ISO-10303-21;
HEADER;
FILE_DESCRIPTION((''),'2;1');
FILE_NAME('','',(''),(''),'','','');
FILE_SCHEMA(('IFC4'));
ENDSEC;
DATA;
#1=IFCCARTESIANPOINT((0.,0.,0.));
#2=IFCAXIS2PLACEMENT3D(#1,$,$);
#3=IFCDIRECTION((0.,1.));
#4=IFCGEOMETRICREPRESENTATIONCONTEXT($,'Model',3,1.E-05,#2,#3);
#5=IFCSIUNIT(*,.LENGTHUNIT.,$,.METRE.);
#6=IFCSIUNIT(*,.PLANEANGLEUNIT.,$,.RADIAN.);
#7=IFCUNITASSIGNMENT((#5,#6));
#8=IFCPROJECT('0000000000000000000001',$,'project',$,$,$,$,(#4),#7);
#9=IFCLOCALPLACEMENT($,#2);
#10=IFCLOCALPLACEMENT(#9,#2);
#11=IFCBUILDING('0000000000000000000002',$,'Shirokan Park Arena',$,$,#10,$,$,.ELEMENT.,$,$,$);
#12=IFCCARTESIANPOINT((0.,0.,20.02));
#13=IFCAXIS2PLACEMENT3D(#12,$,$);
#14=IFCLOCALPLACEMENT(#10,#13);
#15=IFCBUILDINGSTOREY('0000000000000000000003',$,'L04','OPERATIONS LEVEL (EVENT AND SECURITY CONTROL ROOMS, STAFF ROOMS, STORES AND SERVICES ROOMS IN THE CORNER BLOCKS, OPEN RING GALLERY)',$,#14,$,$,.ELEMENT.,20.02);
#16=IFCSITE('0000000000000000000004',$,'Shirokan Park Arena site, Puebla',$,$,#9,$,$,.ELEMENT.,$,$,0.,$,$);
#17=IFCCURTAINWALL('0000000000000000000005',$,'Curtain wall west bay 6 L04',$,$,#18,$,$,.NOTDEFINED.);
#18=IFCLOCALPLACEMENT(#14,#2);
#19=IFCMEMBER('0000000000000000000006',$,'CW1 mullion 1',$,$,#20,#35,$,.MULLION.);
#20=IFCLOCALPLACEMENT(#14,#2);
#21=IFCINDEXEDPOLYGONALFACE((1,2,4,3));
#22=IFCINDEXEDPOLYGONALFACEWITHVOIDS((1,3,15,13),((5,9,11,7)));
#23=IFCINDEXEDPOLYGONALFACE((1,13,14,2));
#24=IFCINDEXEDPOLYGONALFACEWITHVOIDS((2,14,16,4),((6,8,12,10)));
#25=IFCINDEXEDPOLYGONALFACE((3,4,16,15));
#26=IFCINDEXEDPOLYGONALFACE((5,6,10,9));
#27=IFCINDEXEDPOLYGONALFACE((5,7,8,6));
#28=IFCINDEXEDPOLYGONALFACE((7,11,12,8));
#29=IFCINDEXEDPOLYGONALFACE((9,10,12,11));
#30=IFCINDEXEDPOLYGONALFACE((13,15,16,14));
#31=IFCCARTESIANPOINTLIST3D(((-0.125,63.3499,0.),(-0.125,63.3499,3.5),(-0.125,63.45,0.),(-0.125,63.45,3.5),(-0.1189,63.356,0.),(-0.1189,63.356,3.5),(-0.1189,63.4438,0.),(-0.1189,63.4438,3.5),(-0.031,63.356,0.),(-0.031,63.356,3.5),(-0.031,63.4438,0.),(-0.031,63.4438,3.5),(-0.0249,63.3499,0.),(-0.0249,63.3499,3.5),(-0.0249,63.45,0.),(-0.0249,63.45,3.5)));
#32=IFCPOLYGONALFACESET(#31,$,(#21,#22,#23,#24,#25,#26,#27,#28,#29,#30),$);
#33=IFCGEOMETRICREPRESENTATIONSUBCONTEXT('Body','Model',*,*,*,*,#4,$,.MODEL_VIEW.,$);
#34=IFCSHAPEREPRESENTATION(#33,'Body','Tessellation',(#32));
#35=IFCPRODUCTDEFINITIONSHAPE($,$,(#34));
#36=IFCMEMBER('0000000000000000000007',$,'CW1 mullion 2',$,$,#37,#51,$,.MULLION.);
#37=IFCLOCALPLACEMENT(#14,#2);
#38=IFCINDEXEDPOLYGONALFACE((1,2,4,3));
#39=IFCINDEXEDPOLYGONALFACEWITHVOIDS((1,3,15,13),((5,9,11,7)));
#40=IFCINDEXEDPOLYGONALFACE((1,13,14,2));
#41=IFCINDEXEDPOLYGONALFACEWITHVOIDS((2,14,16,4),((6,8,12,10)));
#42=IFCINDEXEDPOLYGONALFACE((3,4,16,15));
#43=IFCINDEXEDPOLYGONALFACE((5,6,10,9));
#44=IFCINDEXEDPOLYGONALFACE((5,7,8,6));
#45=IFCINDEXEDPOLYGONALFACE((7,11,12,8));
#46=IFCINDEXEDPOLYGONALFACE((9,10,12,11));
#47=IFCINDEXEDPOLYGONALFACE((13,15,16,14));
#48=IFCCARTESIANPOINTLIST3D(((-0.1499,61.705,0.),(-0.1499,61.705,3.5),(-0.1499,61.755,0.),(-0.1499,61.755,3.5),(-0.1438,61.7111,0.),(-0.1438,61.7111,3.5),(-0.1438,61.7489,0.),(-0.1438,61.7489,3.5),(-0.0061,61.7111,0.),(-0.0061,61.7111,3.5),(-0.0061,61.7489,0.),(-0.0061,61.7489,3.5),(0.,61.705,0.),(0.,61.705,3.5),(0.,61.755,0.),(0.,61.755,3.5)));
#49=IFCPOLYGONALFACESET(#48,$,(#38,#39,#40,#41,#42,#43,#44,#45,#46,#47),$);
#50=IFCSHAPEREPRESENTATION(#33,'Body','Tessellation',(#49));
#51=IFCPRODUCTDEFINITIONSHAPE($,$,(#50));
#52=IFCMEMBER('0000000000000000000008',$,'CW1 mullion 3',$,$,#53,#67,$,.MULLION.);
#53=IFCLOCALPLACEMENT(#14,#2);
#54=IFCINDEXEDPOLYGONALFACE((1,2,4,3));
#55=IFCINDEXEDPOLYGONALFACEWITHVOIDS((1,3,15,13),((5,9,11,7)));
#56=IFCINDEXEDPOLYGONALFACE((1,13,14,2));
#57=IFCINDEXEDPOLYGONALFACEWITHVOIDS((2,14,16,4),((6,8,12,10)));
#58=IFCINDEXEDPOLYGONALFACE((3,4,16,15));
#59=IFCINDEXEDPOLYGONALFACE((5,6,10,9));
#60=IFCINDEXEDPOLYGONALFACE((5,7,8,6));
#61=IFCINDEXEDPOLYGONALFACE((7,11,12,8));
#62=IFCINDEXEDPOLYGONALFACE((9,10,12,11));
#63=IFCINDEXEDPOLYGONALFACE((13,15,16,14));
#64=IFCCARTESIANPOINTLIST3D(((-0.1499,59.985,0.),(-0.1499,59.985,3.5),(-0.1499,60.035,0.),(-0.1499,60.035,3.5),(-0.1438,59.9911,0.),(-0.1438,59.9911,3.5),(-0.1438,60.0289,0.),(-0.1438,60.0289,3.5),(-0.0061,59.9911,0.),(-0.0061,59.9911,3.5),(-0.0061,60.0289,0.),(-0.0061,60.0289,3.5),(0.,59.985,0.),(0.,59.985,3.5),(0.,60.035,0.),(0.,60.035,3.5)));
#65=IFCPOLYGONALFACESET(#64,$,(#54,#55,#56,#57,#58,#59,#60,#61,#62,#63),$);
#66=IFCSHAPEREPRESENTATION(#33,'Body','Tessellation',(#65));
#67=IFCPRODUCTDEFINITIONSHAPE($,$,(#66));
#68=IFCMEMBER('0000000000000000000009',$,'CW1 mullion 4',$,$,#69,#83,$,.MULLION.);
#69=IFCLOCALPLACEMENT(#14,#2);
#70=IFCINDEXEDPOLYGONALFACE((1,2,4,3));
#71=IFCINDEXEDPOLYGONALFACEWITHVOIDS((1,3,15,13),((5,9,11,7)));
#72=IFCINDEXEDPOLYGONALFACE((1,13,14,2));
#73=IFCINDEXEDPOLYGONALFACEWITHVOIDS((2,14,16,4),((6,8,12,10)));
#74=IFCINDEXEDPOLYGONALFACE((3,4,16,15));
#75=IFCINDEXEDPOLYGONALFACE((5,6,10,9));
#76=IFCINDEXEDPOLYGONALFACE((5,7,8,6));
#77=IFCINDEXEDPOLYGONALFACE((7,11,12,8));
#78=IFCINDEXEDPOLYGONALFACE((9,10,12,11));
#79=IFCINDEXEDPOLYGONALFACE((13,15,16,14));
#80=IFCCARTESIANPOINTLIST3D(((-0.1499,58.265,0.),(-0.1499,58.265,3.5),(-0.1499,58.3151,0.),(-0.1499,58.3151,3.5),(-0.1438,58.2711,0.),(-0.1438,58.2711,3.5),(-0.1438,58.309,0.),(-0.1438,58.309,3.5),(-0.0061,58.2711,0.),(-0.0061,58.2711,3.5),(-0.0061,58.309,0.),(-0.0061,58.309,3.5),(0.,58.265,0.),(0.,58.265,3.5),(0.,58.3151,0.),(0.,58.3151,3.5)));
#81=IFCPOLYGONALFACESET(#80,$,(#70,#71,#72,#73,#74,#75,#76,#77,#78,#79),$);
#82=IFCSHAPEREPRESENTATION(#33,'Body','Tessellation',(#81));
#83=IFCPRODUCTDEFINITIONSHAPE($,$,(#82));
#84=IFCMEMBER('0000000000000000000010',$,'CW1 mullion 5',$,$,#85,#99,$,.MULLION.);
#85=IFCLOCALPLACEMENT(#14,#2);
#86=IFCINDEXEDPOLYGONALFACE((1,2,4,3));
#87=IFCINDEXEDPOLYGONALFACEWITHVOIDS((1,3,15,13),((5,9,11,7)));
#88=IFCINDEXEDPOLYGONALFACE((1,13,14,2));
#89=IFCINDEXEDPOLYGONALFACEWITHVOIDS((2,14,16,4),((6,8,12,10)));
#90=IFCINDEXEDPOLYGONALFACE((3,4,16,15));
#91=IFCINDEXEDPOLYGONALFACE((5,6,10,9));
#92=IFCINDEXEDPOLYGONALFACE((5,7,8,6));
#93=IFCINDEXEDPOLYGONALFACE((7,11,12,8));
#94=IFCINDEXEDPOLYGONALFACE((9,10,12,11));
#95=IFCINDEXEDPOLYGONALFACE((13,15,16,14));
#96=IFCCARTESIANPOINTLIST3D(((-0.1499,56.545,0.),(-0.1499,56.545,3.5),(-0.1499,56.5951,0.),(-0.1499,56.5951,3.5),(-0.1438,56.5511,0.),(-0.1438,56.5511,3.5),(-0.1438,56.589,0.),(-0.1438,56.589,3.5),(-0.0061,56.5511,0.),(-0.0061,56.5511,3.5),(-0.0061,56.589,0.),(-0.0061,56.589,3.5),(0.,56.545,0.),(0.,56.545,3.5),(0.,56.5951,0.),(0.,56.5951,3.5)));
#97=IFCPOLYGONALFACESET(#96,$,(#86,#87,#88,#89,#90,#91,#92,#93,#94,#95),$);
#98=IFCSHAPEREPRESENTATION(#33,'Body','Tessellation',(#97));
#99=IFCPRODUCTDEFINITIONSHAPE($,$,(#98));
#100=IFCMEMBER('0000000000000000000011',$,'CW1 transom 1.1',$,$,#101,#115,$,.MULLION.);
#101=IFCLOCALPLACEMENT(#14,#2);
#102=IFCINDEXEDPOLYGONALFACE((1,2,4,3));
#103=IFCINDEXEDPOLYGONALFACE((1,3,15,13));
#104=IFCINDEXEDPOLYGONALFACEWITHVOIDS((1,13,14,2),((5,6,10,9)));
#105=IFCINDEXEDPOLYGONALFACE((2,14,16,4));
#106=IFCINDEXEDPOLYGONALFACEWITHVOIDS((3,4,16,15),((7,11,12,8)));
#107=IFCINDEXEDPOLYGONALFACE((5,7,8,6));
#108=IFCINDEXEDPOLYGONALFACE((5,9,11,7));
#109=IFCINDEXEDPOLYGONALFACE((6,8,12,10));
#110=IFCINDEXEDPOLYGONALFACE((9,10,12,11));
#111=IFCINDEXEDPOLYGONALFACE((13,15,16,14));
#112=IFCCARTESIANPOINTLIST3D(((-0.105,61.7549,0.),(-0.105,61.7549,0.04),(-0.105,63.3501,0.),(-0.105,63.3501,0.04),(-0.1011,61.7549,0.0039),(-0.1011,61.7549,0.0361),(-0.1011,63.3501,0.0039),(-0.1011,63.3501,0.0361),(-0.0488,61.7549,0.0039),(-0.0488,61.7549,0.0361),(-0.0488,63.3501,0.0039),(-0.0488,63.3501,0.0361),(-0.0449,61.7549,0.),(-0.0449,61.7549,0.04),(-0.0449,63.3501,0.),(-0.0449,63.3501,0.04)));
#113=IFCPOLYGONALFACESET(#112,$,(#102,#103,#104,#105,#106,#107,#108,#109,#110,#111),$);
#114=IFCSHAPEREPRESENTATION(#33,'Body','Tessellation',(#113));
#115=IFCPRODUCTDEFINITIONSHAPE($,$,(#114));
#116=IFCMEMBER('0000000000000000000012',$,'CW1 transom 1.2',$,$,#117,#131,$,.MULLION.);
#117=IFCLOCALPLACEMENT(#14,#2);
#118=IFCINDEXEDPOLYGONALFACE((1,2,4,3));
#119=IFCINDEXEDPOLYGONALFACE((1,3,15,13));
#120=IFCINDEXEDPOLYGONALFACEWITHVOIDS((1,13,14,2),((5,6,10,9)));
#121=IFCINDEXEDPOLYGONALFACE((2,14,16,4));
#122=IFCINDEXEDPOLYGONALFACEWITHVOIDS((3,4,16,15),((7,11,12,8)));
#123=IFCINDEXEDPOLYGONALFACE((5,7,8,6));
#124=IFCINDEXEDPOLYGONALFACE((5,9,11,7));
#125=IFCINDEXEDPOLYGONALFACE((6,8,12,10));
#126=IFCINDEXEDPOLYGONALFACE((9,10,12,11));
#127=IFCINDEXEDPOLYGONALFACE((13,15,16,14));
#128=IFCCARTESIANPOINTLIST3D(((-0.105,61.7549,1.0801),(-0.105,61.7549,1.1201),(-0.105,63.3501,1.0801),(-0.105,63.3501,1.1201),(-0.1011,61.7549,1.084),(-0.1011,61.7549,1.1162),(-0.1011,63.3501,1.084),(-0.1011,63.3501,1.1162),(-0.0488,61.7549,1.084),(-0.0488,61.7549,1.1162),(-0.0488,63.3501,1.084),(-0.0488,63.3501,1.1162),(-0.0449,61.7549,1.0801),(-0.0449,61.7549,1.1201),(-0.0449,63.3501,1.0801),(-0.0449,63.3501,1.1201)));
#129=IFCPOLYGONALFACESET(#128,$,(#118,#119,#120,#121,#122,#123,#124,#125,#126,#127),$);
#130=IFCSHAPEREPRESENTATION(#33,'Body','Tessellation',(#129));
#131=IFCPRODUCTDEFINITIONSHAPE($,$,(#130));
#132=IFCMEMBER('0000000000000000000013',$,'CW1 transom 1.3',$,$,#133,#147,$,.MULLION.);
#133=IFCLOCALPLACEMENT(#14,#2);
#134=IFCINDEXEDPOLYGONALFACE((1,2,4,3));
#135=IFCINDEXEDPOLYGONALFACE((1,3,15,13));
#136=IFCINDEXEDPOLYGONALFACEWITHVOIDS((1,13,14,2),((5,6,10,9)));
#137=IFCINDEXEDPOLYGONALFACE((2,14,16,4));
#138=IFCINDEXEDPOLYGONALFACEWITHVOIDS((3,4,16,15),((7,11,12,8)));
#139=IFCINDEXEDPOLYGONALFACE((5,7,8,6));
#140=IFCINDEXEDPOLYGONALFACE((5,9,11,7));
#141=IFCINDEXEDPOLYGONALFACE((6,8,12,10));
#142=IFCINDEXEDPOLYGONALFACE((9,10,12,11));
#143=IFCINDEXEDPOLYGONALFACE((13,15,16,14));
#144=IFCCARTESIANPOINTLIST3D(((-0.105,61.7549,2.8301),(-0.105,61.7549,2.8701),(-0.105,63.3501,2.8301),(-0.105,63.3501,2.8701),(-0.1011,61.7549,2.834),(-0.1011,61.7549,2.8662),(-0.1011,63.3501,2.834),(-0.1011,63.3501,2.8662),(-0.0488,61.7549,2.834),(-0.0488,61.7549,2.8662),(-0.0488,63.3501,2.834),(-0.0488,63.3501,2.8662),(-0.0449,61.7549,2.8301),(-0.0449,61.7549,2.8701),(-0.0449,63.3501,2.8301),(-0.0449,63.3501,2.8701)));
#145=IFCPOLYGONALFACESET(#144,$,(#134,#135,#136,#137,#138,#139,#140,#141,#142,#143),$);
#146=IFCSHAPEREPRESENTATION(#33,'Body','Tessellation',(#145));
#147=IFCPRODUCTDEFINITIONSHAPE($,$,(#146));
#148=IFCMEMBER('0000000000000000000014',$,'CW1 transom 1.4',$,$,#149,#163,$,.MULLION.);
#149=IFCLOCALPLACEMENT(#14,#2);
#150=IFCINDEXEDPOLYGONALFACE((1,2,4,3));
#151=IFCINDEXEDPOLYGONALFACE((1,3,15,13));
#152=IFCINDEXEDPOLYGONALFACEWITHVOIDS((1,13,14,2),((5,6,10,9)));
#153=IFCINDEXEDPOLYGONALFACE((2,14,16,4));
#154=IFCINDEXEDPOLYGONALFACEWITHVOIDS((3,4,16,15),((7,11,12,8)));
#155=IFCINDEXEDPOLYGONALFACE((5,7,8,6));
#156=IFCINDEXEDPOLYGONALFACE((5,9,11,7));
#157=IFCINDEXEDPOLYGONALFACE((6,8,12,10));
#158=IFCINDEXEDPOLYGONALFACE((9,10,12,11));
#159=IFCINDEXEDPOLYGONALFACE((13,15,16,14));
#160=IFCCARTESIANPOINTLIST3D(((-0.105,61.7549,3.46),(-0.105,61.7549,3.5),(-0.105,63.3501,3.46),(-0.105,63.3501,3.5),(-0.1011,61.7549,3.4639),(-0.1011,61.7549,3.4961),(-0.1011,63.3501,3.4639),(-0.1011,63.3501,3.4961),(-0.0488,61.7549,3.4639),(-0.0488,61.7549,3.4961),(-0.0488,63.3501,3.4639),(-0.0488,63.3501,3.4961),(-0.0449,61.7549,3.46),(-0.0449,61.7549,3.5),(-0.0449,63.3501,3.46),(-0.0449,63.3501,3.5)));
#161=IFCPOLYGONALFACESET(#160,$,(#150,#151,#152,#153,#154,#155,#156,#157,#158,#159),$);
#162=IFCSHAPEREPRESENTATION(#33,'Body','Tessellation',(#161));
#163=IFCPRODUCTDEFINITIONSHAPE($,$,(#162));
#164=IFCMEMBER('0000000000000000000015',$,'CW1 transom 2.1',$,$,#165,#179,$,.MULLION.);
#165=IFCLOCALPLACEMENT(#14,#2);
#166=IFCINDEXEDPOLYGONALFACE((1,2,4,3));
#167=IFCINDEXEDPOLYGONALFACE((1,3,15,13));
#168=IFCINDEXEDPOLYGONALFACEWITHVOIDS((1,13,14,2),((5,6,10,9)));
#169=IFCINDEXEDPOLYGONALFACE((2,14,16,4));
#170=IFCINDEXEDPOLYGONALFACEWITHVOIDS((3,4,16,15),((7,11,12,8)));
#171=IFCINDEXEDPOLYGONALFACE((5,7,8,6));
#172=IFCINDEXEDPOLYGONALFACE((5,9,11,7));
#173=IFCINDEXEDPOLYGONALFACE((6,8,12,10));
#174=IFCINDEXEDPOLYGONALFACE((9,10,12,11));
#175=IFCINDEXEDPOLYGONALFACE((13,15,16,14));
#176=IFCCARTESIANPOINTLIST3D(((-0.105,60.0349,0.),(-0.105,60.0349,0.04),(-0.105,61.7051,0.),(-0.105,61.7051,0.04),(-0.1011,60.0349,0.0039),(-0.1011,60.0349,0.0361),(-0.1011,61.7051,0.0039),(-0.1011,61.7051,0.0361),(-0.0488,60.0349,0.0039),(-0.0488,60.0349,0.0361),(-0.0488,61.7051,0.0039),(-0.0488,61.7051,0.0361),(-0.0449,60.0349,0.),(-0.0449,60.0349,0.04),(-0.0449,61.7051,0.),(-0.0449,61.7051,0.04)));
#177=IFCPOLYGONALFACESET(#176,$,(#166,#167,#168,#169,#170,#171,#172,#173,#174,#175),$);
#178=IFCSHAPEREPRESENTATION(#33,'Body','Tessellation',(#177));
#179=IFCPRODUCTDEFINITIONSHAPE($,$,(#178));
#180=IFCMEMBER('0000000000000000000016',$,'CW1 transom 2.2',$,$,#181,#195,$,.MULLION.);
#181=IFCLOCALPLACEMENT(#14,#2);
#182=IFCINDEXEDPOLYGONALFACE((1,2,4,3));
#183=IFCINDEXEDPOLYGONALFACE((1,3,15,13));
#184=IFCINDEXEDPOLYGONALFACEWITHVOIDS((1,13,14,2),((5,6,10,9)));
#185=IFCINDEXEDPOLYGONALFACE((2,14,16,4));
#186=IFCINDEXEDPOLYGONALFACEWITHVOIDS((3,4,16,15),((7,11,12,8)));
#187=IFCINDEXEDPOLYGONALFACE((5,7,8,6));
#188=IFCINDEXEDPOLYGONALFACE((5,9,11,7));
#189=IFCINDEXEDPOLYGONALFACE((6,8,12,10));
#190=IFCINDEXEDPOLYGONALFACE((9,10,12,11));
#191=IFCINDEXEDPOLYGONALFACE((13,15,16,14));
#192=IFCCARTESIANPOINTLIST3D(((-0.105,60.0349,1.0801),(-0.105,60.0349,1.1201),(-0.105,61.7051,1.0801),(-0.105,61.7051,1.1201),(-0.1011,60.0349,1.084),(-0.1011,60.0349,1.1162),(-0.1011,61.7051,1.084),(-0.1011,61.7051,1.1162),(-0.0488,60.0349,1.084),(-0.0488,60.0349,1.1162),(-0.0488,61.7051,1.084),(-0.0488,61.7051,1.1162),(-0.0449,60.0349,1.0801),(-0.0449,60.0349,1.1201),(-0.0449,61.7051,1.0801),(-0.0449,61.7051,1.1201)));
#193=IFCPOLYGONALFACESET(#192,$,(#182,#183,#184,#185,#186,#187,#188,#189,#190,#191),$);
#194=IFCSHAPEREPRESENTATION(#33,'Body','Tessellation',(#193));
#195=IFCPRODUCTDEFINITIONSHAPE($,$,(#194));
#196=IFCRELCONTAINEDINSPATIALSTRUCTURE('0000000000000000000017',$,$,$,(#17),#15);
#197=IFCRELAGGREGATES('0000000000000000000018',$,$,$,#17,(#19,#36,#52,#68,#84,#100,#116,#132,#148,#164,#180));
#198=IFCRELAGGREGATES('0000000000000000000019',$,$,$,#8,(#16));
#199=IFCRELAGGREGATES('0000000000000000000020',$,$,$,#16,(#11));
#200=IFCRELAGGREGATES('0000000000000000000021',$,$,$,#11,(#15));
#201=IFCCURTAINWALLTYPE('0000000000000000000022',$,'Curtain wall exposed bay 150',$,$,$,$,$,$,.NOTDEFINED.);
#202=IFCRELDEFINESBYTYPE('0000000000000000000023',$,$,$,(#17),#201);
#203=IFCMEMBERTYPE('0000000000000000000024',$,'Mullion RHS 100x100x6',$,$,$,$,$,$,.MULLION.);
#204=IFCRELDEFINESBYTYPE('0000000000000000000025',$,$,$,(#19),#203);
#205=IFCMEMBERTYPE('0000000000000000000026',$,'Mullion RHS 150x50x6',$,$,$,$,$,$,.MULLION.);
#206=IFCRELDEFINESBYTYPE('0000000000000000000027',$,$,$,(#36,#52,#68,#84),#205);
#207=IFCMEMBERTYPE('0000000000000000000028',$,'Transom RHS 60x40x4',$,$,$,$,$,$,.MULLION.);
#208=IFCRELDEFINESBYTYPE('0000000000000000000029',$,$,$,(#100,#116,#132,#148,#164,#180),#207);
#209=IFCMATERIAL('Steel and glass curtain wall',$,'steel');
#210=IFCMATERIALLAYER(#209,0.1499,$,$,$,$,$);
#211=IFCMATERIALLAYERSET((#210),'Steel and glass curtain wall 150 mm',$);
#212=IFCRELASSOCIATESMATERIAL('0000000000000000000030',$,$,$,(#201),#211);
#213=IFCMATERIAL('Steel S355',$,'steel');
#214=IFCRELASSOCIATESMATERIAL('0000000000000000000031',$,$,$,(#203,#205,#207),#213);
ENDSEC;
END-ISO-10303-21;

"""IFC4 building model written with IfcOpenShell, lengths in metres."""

from ifc_helpers import new_model, si_unit, direction, frame, origin, origin_2d, place, context, subcontext, project, spatial, hollow_rectangle, extrude, material, layer, layer_set, material_profile, profile_set, type_object, element, aggregate, save


model = new_model("IFC4")

# Units and contexts
model_context = context("Model", 3, precision=1e-05, world=origin(), true_north=direction((0.0, 1.0)))
body_context = subcontext(model_context, "Body", "Model", "MODEL_VIEW")
ifc_project = project(units=[si_unit("LENGTHUNIT", "METRE"), si_unit("PLANEANGLEUNIT", "RADIAN")], contexts=[model_context])

# Site, building, storey
site_placement = place(None, origin())
site = spatial("IfcSite", under=ifc_project, at=site_placement, Name="Shirokan Park Arena site, Puebla", CompositionType="ELEMENT", RefElevation=0.0)
building_placement = place(site_placement, origin())
building = spatial("IfcBuilding", under=site, at=building_placement, Name="Shirokan Park Arena", CompositionType="ELEMENT")
storey_placement = place(building_placement, frame((0.0, 0.0, 20.02)))
storey = spatial("IfcBuildingStorey", under=building, at=storey_placement, Name="L04", Description="OPERATIONS LEVEL (EVENT AND SECURITY CONTROL ROOMS, STAFF ROOMS, STORES AND SERVICES ROOMS IN THE CORNER BLOCKS, OPEN RING GALLERY)", CompositionType="ELEMENT", Elevation=20.02)

# Curtain wall, members
ifc_material_1 = material(Name="Steel and glass curtain wall", Category="steel")
ifc_layer_1 = layer(ifc_material_1, 0.1499)
ifc_layer_set_1 = layer_set([ifc_layer_1], Name="Steel and glass curtain wall 150 mm")
curtain_wall_type = type_object("IfcCurtainWallType", Name="Curtain wall exposed bay 150", PredefinedType="NOTDEFINED", material=ifc_layer_set_1)
curtain_wall_placement = place(storey_placement, origin())
curtain_wall = element("IfcCurtainWall", 1, at=curtain_wall_placement, inside=storey, type_object=curtain_wall_type, Name="Curtain wall west bay 6 L04", PredefinedType="NOTDEFINED")
ifc_material_2 = material(Name="Steel S355", Category="steel")
ifc_material_profile_1 = material_profile(ifc_material_2, hollow_rectangle(XDim=0.1001, YDim=0.1001, WallThickness=0.0061, at=origin_2d()), Name="RHS 100x100x6")
ifc_profile_set_1 = profile_set([ifc_material_profile_1], Name="Steel S355")
member_type_1 = type_object("IfcMemberType", Name="Mullion RHS 100x100x6", PredefinedType="MULLION", material=ifc_profile_set_1)
member_1_placement = place(storey_placement, frame((-0.075, 63.3999, 0.0), z_axis=(0.0, 0.0, 1.0), x_axis=(1.0, 0.0, 0.0)))
member_1 = element("IfcMember", 2, at=member_1_placement, type_object=member_type_1, Name="CW1 mullion 1", PredefinedType="MULLION", context=body_context, shape_type="SweptSolid", body=[
    extrude(hollow_rectangle(XDim=0.1001, YDim=0.1001, WallThickness=0.0061, at=origin_2d()), origin(), (0.0, 0.0, 1.0), 3.5),
])
ifc_material_profile_2 = material_profile(ifc_material_2, hollow_rectangle(XDim=0.1499, YDim=0.05, WallThickness=0.0061, at=origin_2d()), Name="RHS 150x50x6")
ifc_profile_set_2 = profile_set([ifc_material_profile_2], Name="Steel S355")
member_type_2 = type_object("IfcMemberType", Name="Mullion RHS 150x50x6", PredefinedType="MULLION", material=ifc_profile_set_2)
member_2_placement = place(storey_placement, frame((-0.075, 61.73, 0.0), z_axis=(0.0, 0.0, 1.0), x_axis=(1.0, 0.0, 0.0)))
member_2 = element("IfcMember", 3, at=member_2_placement, type_object=member_type_2, Name="CW1 mullion 2", PredefinedType="MULLION", context=body_context, shape_type="SweptSolid", body=[
    extrude(hollow_rectangle(XDim=0.1499, YDim=0.05, WallThickness=0.0061, at=origin_2d()), origin(), (0.0, 0.0, 1.0), 3.5),
])
member_3_placement = place(storey_placement, frame((-0.075, 60.01, 0.0), z_axis=(0.0, 0.0, 1.0), x_axis=(1.0, 0.0, 0.0)))
member_3 = element("IfcMember", 4, at=member_3_placement, type_object=member_type_2, Name="CW1 mullion 3", PredefinedType="MULLION", context=body_context, shape_type="SweptSolid", body=[
    extrude(hollow_rectangle(XDim=0.1499, YDim=0.05, WallThickness=0.0061, at=origin_2d()), origin(), (0.0, 0.0, 1.0), 3.5),
])
member_4_placement = place(storey_placement, frame((-0.075, 58.29, 0.0), z_axis=(0.0, 0.0, 1.0), x_axis=(1.0, 0.0, 0.0)))
member_4 = element("IfcMember", 5, at=member_4_placement, type_object=member_type_2, Name="CW1 mullion 4", PredefinedType="MULLION", context=body_context, shape_type="SweptSolid", body=[
    extrude(hollow_rectangle(XDim=0.1499, YDim=0.05, WallThickness=0.0061, at=origin_2d()), origin(), (0.0, 0.0, 1.0), 3.5),
])
member_5_placement = place(storey_placement, frame((-0.075, 56.5701, 0.0), z_axis=(0.0, 0.0, 1.0), x_axis=(1.0, 0.0, 0.0)))
member_5 = element("IfcMember", 6, at=member_5_placement, type_object=member_type_2, Name="CW1 mullion 5", PredefinedType="MULLION", context=body_context, shape_type="SweptSolid", body=[
    extrude(hollow_rectangle(XDim=0.1499, YDim=0.05, WallThickness=0.0061, at=origin_2d()), origin(), (0.0, 0.0, 1.0), 3.5),
])
ifc_material_profile_3 = material_profile(ifc_material_2, hollow_rectangle(XDim=0.0601, YDim=0.04, WallThickness=0.0039, at=origin_2d()), Name="RHS 60x40x4")
ifc_profile_set_3 = profile_set([ifc_material_profile_3], Name="Steel S355")
member_type_3 = type_object("IfcMemberType", Name="Transom RHS 60x40x4", PredefinedType="MULLION", material=ifc_profile_set_3)
member_6_placement = place(storey_placement, frame((-0.075, 63.3501, 0.02), z_axis=(0.0, -1.0, 0.0), x_axis=(1.0, 0.0, 0.0)))
member_6 = element("IfcMember", 7, at=member_6_placement, type_object=member_type_3, Name="CW1 transom 1.1", PredefinedType="MULLION", context=body_context, shape_type="SweptSolid", body=[
    extrude(hollow_rectangle(XDim=0.0601, YDim=0.04, WallThickness=0.0039, at=origin_2d()), origin(), (0.0, 0.0, 1.0), 1.5952),
])
member_7_placement = place(storey_placement, frame((-0.075, 63.3501, 1.1001), z_axis=(0.0, -1.0, 0.0), x_axis=(1.0, 0.0, 0.0)))
member_7 = element("IfcMember", 8, at=member_7_placement, type_object=member_type_3, Name="CW1 transom 1.2", PredefinedType="MULLION", context=body_context, shape_type="SweptSolid", body=[
    extrude(hollow_rectangle(XDim=0.0601, YDim=0.04, WallThickness=0.0039, at=origin_2d()), origin(), (0.0, 0.0, 1.0), 1.5952),
])
member_8_placement = place(storey_placement, frame((-0.075, 63.3501, 2.8501), z_axis=(0.0, -1.0, 0.0), x_axis=(1.0, 0.0, 0.0)))
member_8 = element("IfcMember", 9, at=member_8_placement, type_object=member_type_3, Name="CW1 transom 1.3", PredefinedType="MULLION", context=body_context, shape_type="SweptSolid", body=[
    extrude(hollow_rectangle(XDim=0.0601, YDim=0.04, WallThickness=0.0039, at=origin_2d()), origin(), (0.0, 0.0, 1.0), 1.5952),
])
member_9_placement = place(storey_placement, frame((-0.075, 63.3501, 3.48), z_axis=(0.0, -1.0, 0.0), x_axis=(1.0, 0.0, 0.0)))
member_9 = element("IfcMember", 10, at=member_9_placement, type_object=member_type_3, Name="CW1 transom 1.4", PredefinedType="MULLION", context=body_context, shape_type="SweptSolid", body=[
    extrude(hollow_rectangle(XDim=0.0601, YDim=0.04, WallThickness=0.0039, at=origin_2d()), origin(), (0.0, 0.0, 1.0), 1.5952),
])
member_10_placement = place(storey_placement, frame((-0.075, 61.7051, 0.02), z_axis=(0.0, -1.0, 0.0), x_axis=(1.0, 0.0, 0.0)))
member_10 = element("IfcMember", 11, at=member_10_placement, type_object=member_type_3, Name="CW1 transom 2.1", PredefinedType="MULLION", context=body_context, shape_type="SweptSolid", body=[
    extrude(hollow_rectangle(XDim=0.0601, YDim=0.04, WallThickness=0.0039, at=origin_2d()), origin(), (0.0, 0.0, 1.0), 1.6702),
])
member_11_placement = place(storey_placement, frame((-0.075, 61.7051, 1.1001), z_axis=(0.0, -1.0, 0.0), x_axis=(1.0, 0.0, 0.0)))
member_11 = element("IfcMember", 12, at=member_11_placement, type_object=member_type_3, Name="CW1 transom 2.2", PredefinedType="MULLION", context=body_context, shape_type="SweptSolid", body=[
    extrude(hollow_rectangle(XDim=0.0601, YDim=0.04, WallThickness=0.0039, at=origin_2d()), origin(), (0.0, 0.0, 1.0), 1.6702),
])
aggregate(curtain_wall, [member_1, member_2, member_3, member_4, member_5, member_6, member_7, member_8, member_9, member_10, member_11])

save(model, "model.ifc")
